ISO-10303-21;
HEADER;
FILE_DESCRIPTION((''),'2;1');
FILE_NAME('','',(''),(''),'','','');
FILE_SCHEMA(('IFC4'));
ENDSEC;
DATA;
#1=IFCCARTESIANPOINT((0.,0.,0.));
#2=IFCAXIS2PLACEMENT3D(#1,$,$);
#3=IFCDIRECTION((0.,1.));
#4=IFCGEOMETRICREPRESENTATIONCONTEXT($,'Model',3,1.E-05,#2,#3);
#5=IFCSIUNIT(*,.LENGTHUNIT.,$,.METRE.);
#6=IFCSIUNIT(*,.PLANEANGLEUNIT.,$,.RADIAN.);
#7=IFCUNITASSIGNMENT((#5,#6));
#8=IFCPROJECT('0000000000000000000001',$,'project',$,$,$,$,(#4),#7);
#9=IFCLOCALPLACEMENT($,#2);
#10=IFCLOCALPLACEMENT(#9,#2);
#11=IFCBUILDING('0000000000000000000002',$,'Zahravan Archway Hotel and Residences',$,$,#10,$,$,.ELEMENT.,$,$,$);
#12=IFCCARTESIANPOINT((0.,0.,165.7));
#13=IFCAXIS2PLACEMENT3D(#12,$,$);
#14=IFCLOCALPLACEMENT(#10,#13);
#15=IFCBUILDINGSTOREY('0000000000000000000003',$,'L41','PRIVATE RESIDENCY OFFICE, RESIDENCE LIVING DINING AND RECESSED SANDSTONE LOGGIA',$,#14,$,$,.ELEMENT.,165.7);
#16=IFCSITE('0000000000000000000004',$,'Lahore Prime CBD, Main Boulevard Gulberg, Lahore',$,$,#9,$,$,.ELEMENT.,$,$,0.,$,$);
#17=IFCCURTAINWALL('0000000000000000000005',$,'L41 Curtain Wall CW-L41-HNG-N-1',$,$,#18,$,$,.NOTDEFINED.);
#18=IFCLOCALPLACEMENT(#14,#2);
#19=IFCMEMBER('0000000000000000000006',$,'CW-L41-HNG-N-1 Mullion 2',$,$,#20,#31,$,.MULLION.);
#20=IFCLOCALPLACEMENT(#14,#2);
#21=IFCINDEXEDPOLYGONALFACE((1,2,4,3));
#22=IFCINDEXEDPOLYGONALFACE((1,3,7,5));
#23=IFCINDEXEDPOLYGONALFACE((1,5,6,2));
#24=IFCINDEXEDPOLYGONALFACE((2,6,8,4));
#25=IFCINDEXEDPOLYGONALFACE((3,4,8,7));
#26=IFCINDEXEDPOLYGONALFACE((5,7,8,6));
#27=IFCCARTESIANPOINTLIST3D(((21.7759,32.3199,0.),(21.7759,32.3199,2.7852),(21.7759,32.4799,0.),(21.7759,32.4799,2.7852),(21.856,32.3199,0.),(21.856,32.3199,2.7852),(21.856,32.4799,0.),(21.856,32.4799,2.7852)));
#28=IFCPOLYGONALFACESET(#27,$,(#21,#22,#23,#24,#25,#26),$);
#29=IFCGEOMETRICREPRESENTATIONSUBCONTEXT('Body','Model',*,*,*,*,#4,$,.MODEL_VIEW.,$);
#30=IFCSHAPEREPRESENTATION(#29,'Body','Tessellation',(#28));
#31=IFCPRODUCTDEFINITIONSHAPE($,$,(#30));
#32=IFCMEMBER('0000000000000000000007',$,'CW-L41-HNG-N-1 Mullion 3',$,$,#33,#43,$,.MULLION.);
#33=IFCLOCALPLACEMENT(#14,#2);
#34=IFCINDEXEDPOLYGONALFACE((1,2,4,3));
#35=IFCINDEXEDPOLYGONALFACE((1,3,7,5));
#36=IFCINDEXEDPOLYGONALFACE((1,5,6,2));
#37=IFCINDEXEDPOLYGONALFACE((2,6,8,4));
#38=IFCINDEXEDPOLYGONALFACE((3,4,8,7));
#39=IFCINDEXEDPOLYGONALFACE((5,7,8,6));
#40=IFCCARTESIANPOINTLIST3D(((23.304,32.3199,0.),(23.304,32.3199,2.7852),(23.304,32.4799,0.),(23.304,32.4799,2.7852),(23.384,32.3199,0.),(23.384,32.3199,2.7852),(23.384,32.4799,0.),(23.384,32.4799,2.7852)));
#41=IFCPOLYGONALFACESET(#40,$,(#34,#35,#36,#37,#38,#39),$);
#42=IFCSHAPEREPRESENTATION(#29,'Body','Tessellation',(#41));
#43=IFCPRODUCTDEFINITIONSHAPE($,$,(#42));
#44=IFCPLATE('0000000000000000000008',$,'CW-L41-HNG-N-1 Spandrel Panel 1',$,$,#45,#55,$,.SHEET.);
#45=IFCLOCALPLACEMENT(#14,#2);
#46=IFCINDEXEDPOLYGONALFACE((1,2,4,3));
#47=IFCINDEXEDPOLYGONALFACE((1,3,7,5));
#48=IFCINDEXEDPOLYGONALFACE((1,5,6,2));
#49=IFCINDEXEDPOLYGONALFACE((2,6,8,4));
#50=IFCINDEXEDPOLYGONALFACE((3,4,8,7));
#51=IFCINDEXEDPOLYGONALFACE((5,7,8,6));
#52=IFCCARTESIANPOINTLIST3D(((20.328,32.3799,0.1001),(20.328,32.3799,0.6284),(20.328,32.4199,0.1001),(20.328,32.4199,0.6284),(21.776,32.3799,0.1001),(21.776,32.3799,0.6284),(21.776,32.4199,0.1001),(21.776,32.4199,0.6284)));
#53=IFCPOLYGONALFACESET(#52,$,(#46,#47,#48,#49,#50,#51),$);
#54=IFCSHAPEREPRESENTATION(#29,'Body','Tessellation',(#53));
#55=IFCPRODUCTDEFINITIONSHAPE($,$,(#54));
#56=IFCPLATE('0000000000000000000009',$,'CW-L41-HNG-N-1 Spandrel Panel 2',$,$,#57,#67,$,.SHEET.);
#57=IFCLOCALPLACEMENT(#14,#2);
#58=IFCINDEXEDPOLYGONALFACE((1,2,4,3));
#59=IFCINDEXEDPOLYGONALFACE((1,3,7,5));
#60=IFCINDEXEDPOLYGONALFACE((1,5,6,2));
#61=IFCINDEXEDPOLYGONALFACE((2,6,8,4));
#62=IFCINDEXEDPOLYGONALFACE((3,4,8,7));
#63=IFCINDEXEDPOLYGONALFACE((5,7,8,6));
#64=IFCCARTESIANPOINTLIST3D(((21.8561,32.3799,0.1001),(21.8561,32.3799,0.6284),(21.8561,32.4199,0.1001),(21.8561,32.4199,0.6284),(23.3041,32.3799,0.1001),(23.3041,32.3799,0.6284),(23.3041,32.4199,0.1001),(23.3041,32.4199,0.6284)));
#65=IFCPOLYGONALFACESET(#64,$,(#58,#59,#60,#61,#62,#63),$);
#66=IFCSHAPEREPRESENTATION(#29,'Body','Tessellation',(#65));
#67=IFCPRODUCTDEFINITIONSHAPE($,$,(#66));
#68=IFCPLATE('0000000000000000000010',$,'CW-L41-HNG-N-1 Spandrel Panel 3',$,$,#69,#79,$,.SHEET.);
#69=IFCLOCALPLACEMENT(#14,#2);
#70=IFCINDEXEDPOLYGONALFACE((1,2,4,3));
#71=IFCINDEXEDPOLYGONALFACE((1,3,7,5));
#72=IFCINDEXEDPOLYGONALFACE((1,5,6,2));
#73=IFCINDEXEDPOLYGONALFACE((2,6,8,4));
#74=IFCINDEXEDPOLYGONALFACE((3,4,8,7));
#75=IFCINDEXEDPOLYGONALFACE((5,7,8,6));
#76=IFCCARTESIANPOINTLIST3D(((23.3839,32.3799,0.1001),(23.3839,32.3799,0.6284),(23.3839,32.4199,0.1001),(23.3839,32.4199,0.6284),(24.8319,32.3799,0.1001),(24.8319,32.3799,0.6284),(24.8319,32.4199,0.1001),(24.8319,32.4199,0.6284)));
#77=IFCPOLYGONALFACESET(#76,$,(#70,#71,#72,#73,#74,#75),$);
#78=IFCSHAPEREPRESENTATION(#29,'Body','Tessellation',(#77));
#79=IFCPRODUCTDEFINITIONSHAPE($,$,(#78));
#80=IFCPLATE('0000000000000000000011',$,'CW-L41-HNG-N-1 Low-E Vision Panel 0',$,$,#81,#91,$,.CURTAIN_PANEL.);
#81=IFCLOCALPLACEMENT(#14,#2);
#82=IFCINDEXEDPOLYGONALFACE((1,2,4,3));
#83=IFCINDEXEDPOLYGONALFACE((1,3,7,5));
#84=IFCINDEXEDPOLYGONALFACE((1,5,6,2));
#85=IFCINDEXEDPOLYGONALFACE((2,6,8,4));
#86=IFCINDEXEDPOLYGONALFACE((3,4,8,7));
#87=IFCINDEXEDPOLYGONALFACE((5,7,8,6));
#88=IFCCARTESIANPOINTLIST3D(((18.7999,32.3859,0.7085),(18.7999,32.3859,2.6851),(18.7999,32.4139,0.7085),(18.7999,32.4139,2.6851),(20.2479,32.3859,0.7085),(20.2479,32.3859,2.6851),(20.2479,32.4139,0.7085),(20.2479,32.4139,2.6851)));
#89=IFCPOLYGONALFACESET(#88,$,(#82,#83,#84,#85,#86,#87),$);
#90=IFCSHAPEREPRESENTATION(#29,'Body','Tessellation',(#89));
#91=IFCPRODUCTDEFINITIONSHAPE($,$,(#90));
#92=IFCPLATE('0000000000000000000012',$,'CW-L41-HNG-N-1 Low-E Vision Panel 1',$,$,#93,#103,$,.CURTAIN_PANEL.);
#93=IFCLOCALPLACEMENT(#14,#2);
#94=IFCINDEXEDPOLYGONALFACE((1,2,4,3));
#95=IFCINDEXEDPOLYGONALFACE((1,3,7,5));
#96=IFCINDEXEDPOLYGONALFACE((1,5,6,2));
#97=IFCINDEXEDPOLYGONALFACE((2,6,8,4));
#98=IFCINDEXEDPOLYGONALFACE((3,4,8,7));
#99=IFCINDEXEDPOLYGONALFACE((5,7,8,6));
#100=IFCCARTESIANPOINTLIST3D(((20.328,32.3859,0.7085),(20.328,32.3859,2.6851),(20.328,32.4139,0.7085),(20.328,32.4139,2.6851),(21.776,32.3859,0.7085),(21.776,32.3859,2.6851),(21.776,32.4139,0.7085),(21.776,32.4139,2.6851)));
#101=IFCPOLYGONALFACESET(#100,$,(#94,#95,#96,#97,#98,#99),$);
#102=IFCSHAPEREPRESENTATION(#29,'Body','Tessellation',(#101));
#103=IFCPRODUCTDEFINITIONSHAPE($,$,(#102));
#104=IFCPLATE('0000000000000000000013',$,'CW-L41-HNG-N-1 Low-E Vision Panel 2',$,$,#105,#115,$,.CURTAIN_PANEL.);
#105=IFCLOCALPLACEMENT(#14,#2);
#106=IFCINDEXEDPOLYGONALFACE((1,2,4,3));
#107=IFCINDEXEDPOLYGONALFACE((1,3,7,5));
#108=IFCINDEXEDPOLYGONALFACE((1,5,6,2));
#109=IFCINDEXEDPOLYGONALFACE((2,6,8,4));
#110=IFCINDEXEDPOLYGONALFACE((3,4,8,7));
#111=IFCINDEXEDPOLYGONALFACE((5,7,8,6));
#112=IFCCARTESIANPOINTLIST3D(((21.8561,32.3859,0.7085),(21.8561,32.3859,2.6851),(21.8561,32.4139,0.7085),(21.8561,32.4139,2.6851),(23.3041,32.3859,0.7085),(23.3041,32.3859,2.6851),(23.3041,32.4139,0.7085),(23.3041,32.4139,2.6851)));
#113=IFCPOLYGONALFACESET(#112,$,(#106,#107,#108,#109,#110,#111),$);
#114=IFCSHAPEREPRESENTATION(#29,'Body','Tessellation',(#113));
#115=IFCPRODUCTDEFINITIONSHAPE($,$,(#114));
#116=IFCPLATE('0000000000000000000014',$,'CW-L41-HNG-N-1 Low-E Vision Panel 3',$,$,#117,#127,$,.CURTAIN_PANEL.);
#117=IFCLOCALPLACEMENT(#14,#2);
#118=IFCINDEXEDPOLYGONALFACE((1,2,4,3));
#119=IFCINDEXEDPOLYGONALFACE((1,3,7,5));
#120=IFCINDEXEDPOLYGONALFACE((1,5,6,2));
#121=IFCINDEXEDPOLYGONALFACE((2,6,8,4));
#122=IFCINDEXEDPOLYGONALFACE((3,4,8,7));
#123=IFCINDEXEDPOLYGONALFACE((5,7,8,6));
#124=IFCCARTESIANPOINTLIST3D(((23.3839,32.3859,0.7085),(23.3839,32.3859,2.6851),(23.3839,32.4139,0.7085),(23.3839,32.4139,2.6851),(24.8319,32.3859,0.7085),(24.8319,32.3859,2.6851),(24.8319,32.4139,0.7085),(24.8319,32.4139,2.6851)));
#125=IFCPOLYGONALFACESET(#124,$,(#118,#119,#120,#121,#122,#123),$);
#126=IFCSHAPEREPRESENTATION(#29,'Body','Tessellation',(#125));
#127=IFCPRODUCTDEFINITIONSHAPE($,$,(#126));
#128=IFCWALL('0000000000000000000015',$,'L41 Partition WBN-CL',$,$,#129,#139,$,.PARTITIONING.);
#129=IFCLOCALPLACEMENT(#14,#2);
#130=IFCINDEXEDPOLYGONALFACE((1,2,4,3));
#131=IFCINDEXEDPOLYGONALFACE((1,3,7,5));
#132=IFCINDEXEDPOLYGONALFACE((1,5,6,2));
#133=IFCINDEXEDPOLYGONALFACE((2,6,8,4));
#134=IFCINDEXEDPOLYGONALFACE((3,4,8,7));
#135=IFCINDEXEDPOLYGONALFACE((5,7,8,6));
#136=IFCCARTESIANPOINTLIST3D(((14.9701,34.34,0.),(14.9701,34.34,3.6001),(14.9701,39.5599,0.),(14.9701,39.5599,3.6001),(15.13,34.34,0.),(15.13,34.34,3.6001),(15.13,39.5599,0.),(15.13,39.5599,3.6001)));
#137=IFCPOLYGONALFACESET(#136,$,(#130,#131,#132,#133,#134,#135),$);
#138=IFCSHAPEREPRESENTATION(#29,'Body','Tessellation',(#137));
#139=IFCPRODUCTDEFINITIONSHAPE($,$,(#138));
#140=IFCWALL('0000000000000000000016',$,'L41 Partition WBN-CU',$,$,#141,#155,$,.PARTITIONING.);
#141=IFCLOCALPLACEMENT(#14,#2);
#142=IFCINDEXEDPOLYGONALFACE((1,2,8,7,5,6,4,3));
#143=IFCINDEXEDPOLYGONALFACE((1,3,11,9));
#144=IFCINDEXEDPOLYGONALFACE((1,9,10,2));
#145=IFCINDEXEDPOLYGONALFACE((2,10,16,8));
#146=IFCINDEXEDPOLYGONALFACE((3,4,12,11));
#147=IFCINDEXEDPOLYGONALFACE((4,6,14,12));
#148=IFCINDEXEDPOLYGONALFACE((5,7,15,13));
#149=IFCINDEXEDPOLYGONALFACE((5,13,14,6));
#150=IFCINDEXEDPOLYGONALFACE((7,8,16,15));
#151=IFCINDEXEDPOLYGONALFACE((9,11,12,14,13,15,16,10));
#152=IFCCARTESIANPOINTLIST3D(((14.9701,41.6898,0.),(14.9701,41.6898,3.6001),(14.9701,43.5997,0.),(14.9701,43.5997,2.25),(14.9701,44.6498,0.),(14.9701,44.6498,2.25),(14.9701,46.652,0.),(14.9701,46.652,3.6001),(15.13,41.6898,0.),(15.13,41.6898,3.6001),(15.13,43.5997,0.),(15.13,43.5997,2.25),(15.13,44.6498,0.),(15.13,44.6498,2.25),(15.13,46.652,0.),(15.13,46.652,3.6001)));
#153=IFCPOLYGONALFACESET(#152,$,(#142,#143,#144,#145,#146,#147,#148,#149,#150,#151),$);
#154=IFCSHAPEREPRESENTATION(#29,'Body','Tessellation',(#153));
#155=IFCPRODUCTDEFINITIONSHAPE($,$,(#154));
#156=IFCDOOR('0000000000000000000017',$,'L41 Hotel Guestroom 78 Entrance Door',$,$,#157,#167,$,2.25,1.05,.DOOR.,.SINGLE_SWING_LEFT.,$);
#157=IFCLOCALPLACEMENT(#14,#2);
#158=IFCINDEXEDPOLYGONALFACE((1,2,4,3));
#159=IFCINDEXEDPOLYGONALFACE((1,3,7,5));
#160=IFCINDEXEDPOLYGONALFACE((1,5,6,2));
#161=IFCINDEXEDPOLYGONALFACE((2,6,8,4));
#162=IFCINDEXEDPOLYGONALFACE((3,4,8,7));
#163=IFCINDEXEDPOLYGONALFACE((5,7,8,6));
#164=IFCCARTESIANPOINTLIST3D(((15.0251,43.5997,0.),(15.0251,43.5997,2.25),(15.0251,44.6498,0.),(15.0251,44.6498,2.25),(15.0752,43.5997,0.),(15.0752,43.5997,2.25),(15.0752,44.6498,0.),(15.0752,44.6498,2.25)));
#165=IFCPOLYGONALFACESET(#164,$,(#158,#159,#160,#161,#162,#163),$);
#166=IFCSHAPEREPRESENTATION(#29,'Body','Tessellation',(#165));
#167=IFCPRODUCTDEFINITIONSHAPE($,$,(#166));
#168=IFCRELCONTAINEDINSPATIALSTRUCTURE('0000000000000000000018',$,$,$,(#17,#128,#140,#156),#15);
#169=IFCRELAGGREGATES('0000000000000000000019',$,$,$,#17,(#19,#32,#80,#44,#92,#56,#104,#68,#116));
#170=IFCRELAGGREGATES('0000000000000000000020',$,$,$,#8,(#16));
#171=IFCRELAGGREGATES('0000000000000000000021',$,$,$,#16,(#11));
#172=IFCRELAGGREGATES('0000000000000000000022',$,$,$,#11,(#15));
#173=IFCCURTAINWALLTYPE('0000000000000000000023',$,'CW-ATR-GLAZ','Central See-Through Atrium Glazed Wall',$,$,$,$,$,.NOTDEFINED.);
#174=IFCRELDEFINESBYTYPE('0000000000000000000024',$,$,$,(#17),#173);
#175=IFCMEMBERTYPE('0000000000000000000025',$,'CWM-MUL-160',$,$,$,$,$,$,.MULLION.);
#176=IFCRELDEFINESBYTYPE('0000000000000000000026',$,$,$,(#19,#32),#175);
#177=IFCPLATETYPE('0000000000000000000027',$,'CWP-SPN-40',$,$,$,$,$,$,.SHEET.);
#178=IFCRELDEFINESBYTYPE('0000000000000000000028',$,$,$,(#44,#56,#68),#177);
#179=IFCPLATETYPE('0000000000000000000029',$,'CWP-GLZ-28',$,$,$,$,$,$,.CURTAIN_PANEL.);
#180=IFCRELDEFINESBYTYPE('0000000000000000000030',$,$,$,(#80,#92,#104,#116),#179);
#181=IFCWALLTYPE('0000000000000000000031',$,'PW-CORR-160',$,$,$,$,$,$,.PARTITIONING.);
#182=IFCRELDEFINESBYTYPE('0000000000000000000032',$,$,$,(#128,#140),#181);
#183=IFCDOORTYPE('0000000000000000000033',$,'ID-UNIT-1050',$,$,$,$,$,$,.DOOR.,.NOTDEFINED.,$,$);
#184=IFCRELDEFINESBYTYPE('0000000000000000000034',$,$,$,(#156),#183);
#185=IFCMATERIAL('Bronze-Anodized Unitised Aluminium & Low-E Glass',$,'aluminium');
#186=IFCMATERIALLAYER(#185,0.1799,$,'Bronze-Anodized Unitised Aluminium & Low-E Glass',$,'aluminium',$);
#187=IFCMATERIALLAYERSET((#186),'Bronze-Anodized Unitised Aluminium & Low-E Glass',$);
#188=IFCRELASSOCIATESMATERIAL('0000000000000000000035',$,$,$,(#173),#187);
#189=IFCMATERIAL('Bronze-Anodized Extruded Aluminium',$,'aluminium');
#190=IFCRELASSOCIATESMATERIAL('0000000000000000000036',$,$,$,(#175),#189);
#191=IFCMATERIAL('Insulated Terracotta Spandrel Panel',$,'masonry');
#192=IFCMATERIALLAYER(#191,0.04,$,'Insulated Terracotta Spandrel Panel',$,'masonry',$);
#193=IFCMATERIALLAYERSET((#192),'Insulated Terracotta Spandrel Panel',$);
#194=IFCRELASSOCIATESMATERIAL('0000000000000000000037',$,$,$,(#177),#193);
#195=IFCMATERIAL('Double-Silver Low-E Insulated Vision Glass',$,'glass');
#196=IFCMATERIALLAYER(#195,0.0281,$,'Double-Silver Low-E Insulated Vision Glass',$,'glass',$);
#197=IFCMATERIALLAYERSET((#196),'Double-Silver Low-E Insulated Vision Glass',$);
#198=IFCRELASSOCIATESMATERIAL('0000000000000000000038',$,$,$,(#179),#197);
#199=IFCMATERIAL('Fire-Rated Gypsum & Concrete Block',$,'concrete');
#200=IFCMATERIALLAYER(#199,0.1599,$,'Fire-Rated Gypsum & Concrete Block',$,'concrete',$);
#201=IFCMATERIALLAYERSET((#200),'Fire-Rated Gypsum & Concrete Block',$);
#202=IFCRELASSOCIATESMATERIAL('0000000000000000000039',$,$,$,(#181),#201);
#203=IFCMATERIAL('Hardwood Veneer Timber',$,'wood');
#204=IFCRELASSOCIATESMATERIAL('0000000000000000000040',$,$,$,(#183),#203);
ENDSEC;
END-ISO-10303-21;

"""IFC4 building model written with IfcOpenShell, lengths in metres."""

from ifc_helpers import new_model, si_unit, direction, frame, frame_2d, origin, origin_2d, place, context, subcontext, project, spatial, rectangle, extrude, source, transform, mapped, material, layer, layer_set, material_profile, profile_set, type_object, type_shapes, element, fill, aggregate, save


model = new_model("IFC4")

# Units and contexts
model_context = context("Model", 3, precision=1e-05, world=origin(), true_north=direction((0.0, 1.0)))
body_context = subcontext(model_context, "Body", "Model", "MODEL_VIEW")
ifc_project = project(units=[si_unit("LENGTHUNIT", "METRE"), si_unit("PLANEANGLEUNIT", "RADIAN")], contexts=[model_context])

# Site, building, storey
site_placement = place(None, origin())
site = spatial("IfcSite", under=ifc_project, at=site_placement, Name="Lahore Prime CBD, Main Boulevard Gulberg, Lahore", CompositionType="ELEMENT", RefElevation=0.0)
building_placement = place(site_placement, origin())
building = spatial("IfcBuilding", under=site, at=building_placement, Name="Zahravan Archway Hotel and Residences", CompositionType="ELEMENT")
storey_placement = place(building_placement, frame((0.0, 0.0, 165.7)))
storey = spatial("IfcBuildingStorey", under=building, at=storey_placement, Name="L41", Description="PRIVATE RESIDENCY OFFICE, RESIDENCE LIVING DINING AND RECESSED SANDSTONE LOGGIA", CompositionType="ELEMENT", Elevation=165.7)

# Curtain wall, members, plates
ifc_material_1 = material(Name="Bronze-Anodized Unitised Aluminium & Low-E Glass", Category="aluminium")
ifc_layer_1 = layer(ifc_material_1, 0.1799, Name="Bronze-Anodized Unitised Aluminium & Low-E Glass", Category="aluminium")
ifc_layer_set_1 = layer_set([ifc_layer_1], Name="Bronze-Anodized Unitised Aluminium & Low-E Glass")
curtain_wall_type = type_object("IfcCurtainWallType", Name="CW-ATR-GLAZ", Description="Central See-Through Atrium Glazed Wall", PredefinedType="NOTDEFINED", material=ifc_layer_set_1)
curtain_wall_placement = place(storey_placement, origin())
curtain_wall = element("IfcCurtainWall", 1, at=curtain_wall_placement, inside=storey, type_object=curtain_wall_type, Name="L41 Curtain Wall CW-L41-HNG-N-1", PredefinedType="NOTDEFINED")
ifc_material_2 = material(Name="Bronze-Anodized Extruded Aluminium", Category="aluminium")
ifc_material_profile_1 = material_profile(ifc_material_2, rectangle(XDim=0.0801, YDim=0.1599, at=origin_2d()), Name="MUL 80x160", Category="aluminium")
ifc_profile_set_1 = profile_set([ifc_material_profile_1], Name="Bronze-Anodized Extruded Aluminium")
member_type_1 = type_object("IfcMemberType", Name="CWM-MUL-160", PredefinedType="MULLION", material=ifc_profile_set_1)
shared_shape_1 = source(origin(), body_context, "Body", "SweptSolid", [
    extrude(rectangle(XDim=0.0801, YDim=0.1599, at=origin_2d()), origin(), (0.0, 0.0, 1.0), 2.7852),
])
member_1_placement = place(storey_placement, frame((21.8159, 32.3999, 0.0), z_axis=(0.0, 0.0, 1.0), x_axis=(1.0, 0.0, 0.0)))
member_1 = element("IfcMember", 2, at=member_1_placement, type_object=member_type_1, Name="CW-L41-HNG-N-1 Mullion 2", PredefinedType="MULLION", context=body_context, shape_type="MappedRepresentation", body=[
    mapped(shared_shape_1, transform((0.0, 0.0, 0.0), scale=1.0)),
])
member_2_placement = place(storey_placement, frame((23.344, 32.3999, 0.0), z_axis=(0.0, 0.0, 1.0), x_axis=(1.0, 0.0, 0.0)))
member_2 = element("IfcMember", 3, at=member_2_placement, type_object=member_type_1, Name="CW-L41-HNG-N-1 Mullion 3", PredefinedType="MULLION", context=body_context, shape_type="MappedRepresentation", body=[
    mapped(shared_shape_1, transform((0.0, 0.0, 0.0), scale=1.0)),
])
ifc_material_3 = material(Name="Insulated Terracotta Spandrel Panel", Category="masonry")
ifc_layer_2 = layer(ifc_material_3, 0.04, Name="Insulated Terracotta Spandrel Panel", Category="masonry")
ifc_layer_set_2 = layer_set([ifc_layer_2], Name="Insulated Terracotta Spandrel Panel")
plate_type_1 = type_object("IfcPlateType", Name="CWP-SPN-40", PredefinedType="SHEET", material=ifc_layer_set_2)
shared_shape_2 = source(origin(), body_context, "Body", "SweptSolid", [
    extrude(rectangle(XDim=1.448, YDim=0.04, at=origin_2d()), origin(), (0.0, 0.0, 1.0), 0.5283),
])
plate_1_placement = place(storey_placement, frame((21.052, 32.3999, 0.1001), z_axis=(0.0, 0.0, 1.0), x_axis=(1.0, 0.0, 0.0)))
plate_1 = element("IfcPlate", 4, at=plate_1_placement, type_object=plate_type_1, Name="CW-L41-HNG-N-1 Spandrel Panel 1", PredefinedType="SHEET", context=body_context, shape_type="MappedRepresentation", body=[
    mapped(shared_shape_2, transform((0.0, 0.0, 0.0), scale=1.0)),
])
plate_2_placement = place(storey_placement, frame((22.5801, 32.3999, 0.1001), z_axis=(0.0, 0.0, 1.0), x_axis=(1.0, 0.0, 0.0)))
plate_2 = element("IfcPlate", 5, at=plate_2_placement, type_object=plate_type_1, Name="CW-L41-HNG-N-1 Spandrel Panel 2", PredefinedType="SHEET", context=body_context, shape_type="MappedRepresentation", body=[
    mapped(shared_shape_2, transform((0.0, 0.0, 0.0), scale=1.0)),
])
plate_3_placement = place(storey_placement, frame((24.1079, 32.3999, 0.1001), z_axis=(0.0, 0.0, 1.0), x_axis=(1.0, 0.0, 0.0)))
plate_3 = element("IfcPlate", 6, at=plate_3_placement, type_object=plate_type_1, Name="CW-L41-HNG-N-1 Spandrel Panel 3", PredefinedType="SHEET", context=body_context, shape_type="MappedRepresentation", body=[
    mapped(shared_shape_2, transform((0.0, 0.0, 0.0), scale=1.0)),
])
ifc_material_4 = material(Name="Double-Silver Low-E Insulated Vision Glass", Category="glass")
ifc_layer_3 = layer(ifc_material_4, 0.0281, Name="Double-Silver Low-E Insulated Vision Glass", Category="glass")
ifc_layer_set_3 = layer_set([ifc_layer_3], Name="Double-Silver Low-E Insulated Vision Glass")
plate_type_2 = type_object("IfcPlateType", Name="CWP-GLZ-28", PredefinedType="CURTAIN_PANEL", material=ifc_layer_set_3)
shared_shape_3 = source(origin(), body_context, "Body", "SweptSolid", [
    extrude(rectangle(XDim=1.448, YDim=0.0281, at=origin_2d()), origin(), (0.0, 0.0, 1.0), 1.9766),
])
plate_4_placement = place(storey_placement, frame((19.5239, 32.3999, 0.7085), z_axis=(0.0, 0.0, 1.0), x_axis=(1.0, 0.0, 0.0)))
plate_4 = element("IfcPlate", 7, at=plate_4_placement, type_object=plate_type_2, Name="CW-L41-HNG-N-1 Low-E Vision Panel 0", PredefinedType="CURTAIN_PANEL", context=body_context, shape_type="MappedRepresentation", body=[
    mapped(shared_shape_3, transform((0.0, 0.0, 0.0), scale=1.0)),
])
plate_5_placement = place(storey_placement, frame((21.052, 32.3999, 0.7085), z_axis=(0.0, 0.0, 1.0), x_axis=(1.0, 0.0, 0.0)))
plate_5 = element("IfcPlate", 8, at=plate_5_placement, type_object=plate_type_2, Name="CW-L41-HNG-N-1 Low-E Vision Panel 1", PredefinedType="CURTAIN_PANEL", context=body_context, shape_type="MappedRepresentation", body=[
    mapped(shared_shape_3, transform((0.0, 0.0, 0.0), scale=1.0)),
])
plate_6_placement = place(storey_placement, frame((22.5801, 32.3999, 0.7085), z_axis=(0.0, 0.0, 1.0), x_axis=(1.0, 0.0, 0.0)))
plate_6 = element("IfcPlate", 9, at=plate_6_placement, type_object=plate_type_2, Name="CW-L41-HNG-N-1 Low-E Vision Panel 2", PredefinedType="CURTAIN_PANEL", context=body_context, shape_type="MappedRepresentation", body=[
    mapped(shared_shape_3, transform((0.0, 0.0, 0.0), scale=1.0)),
])
plate_7_placement = place(storey_placement, frame((24.1079, 32.3999, 0.7085), z_axis=(0.0, 0.0, 1.0), x_axis=(1.0, 0.0, 0.0)))
plate_7 = element("IfcPlate", 10, at=plate_7_placement, type_object=plate_type_2, Name="CW-L41-HNG-N-1 Low-E Vision Panel 3", PredefinedType="CURTAIN_PANEL", context=body_context, shape_type="MappedRepresentation", body=[
    mapped(shared_shape_3, transform((0.0, 0.0, 0.0), scale=1.0)),
])
aggregate(curtain_wall, [member_1, member_2, plate_4, plate_1, plate_5, plate_2, plate_6, plate_3, plate_7])

# Wall
ifc_material_5 = material(Name="Fire-Rated Gypsum & Concrete Block", Category="concrete")
ifc_layer_4 = layer(ifc_material_5, 0.1599, Name="Fire-Rated Gypsum & Concrete Block", Category="concrete")
ifc_layer_set_4 = layer_set([ifc_layer_4], Name="Fire-Rated Gypsum & Concrete Block")
wall_type = type_object("IfcWallType", Name="PW-CORR-160", PredefinedType="PARTITIONING", material=ifc_layer_set_4)
wall_1_placement = place(storey_placement, frame((15.05, 34.3401, 0.0), z_axis=(0.0, 0.0, 1.0), x_axis=(0.0, 1.0, 0.0)))
element("IfcWall", 11, at=wall_1_placement, inside=storey, type_object=wall_type, Name="L41 Partition WBN-CL", PredefinedType="PARTITIONING", context=body_context, shape_type="SweptSolid", body=[
    extrude(rectangle(XDim=5.22, YDim=0.1599, at=frame_2d((2.6099, 0.0))), origin(), (0.0, 0.0, 1.0), 3.6001),
])

# Wall, opening, door
wall_2_placement = place(storey_placement, frame((15.05, 41.6899, 0.0), z_axis=(0.0, 0.0, 1.0), x_axis=(0.0, 1.0, 0.0)))
wall_2 = element("IfcWall", 12, at=wall_2_placement, inside=storey, type_object=wall_type, Name="L41 Partition WBN-CU", PredefinedType="PARTITIONING", context=body_context, shape_type="SweptSolid", body=[
    extrude(rectangle(XDim=4.9622, YDim=0.1599, at=frame_2d((2.481, 0.0))), origin(), (0.0, 0.0, 1.0), 3.6001),
])
opening_placement = place(wall_2_placement, frame((1.9099, 0.0, 0.0)))
opening = element("IfcOpeningElement", 13, at=opening_placement, cuts=wall_2, PredefinedType="OPENING", context=body_context, shape_type="SweptSolid", body=[
    extrude(rectangle(XDim=1.05, YDim=2.25, at=frame_2d((0.5249, 1.125))), frame((0.0, 0.0898, 0.0), z_axis=(0.0, -1.0, 0.0), x_axis=(1.0, 0.0, 0.0)), (0.0, 0.0, 1.0), 0.1799),
])
ifc_material_6 = material(Name="Hardwood Veneer Timber", Category="wood")
door_type = type_object("IfcDoorType", Name="ID-UNIT-1050", OperationType="NOTDEFINED", PredefinedType="DOOR", material=ifc_material_6)
shared_shape_4 = source(origin(), body_context, "Body", "SweptSolid", [
    extrude(rectangle(XDim=1.05, YDim=2.25, at=frame_2d((0.5249, 1.125))), frame((0.0, 0.0249, 0.0), z_axis=(0.0, -1.0, 0.0), x_axis=(1.0, 0.0, 0.0)), (0.0, 0.0, 1.0), 0.05),
])
type_shapes(door_type, [shared_shape_4])
door_placement = place(opening_placement, origin())
door = element("IfcDoor", 14, at=door_placement, inside=storey, type_object=door_type, Name="L41 Hotel Guestroom 78 Entrance Door", OperationType="SINGLE_SWING_LEFT", OverallHeight=2.25, OverallWidth=1.05, PredefinedType="DOOR", context=body_context, shape_type="MappedRepresentation", body=[
    mapped(shared_shape_4, transform((0.0, 0.0, 0.0), scale=1.0)),
])
fill(opening, door)

save(model, "model.ifc")
